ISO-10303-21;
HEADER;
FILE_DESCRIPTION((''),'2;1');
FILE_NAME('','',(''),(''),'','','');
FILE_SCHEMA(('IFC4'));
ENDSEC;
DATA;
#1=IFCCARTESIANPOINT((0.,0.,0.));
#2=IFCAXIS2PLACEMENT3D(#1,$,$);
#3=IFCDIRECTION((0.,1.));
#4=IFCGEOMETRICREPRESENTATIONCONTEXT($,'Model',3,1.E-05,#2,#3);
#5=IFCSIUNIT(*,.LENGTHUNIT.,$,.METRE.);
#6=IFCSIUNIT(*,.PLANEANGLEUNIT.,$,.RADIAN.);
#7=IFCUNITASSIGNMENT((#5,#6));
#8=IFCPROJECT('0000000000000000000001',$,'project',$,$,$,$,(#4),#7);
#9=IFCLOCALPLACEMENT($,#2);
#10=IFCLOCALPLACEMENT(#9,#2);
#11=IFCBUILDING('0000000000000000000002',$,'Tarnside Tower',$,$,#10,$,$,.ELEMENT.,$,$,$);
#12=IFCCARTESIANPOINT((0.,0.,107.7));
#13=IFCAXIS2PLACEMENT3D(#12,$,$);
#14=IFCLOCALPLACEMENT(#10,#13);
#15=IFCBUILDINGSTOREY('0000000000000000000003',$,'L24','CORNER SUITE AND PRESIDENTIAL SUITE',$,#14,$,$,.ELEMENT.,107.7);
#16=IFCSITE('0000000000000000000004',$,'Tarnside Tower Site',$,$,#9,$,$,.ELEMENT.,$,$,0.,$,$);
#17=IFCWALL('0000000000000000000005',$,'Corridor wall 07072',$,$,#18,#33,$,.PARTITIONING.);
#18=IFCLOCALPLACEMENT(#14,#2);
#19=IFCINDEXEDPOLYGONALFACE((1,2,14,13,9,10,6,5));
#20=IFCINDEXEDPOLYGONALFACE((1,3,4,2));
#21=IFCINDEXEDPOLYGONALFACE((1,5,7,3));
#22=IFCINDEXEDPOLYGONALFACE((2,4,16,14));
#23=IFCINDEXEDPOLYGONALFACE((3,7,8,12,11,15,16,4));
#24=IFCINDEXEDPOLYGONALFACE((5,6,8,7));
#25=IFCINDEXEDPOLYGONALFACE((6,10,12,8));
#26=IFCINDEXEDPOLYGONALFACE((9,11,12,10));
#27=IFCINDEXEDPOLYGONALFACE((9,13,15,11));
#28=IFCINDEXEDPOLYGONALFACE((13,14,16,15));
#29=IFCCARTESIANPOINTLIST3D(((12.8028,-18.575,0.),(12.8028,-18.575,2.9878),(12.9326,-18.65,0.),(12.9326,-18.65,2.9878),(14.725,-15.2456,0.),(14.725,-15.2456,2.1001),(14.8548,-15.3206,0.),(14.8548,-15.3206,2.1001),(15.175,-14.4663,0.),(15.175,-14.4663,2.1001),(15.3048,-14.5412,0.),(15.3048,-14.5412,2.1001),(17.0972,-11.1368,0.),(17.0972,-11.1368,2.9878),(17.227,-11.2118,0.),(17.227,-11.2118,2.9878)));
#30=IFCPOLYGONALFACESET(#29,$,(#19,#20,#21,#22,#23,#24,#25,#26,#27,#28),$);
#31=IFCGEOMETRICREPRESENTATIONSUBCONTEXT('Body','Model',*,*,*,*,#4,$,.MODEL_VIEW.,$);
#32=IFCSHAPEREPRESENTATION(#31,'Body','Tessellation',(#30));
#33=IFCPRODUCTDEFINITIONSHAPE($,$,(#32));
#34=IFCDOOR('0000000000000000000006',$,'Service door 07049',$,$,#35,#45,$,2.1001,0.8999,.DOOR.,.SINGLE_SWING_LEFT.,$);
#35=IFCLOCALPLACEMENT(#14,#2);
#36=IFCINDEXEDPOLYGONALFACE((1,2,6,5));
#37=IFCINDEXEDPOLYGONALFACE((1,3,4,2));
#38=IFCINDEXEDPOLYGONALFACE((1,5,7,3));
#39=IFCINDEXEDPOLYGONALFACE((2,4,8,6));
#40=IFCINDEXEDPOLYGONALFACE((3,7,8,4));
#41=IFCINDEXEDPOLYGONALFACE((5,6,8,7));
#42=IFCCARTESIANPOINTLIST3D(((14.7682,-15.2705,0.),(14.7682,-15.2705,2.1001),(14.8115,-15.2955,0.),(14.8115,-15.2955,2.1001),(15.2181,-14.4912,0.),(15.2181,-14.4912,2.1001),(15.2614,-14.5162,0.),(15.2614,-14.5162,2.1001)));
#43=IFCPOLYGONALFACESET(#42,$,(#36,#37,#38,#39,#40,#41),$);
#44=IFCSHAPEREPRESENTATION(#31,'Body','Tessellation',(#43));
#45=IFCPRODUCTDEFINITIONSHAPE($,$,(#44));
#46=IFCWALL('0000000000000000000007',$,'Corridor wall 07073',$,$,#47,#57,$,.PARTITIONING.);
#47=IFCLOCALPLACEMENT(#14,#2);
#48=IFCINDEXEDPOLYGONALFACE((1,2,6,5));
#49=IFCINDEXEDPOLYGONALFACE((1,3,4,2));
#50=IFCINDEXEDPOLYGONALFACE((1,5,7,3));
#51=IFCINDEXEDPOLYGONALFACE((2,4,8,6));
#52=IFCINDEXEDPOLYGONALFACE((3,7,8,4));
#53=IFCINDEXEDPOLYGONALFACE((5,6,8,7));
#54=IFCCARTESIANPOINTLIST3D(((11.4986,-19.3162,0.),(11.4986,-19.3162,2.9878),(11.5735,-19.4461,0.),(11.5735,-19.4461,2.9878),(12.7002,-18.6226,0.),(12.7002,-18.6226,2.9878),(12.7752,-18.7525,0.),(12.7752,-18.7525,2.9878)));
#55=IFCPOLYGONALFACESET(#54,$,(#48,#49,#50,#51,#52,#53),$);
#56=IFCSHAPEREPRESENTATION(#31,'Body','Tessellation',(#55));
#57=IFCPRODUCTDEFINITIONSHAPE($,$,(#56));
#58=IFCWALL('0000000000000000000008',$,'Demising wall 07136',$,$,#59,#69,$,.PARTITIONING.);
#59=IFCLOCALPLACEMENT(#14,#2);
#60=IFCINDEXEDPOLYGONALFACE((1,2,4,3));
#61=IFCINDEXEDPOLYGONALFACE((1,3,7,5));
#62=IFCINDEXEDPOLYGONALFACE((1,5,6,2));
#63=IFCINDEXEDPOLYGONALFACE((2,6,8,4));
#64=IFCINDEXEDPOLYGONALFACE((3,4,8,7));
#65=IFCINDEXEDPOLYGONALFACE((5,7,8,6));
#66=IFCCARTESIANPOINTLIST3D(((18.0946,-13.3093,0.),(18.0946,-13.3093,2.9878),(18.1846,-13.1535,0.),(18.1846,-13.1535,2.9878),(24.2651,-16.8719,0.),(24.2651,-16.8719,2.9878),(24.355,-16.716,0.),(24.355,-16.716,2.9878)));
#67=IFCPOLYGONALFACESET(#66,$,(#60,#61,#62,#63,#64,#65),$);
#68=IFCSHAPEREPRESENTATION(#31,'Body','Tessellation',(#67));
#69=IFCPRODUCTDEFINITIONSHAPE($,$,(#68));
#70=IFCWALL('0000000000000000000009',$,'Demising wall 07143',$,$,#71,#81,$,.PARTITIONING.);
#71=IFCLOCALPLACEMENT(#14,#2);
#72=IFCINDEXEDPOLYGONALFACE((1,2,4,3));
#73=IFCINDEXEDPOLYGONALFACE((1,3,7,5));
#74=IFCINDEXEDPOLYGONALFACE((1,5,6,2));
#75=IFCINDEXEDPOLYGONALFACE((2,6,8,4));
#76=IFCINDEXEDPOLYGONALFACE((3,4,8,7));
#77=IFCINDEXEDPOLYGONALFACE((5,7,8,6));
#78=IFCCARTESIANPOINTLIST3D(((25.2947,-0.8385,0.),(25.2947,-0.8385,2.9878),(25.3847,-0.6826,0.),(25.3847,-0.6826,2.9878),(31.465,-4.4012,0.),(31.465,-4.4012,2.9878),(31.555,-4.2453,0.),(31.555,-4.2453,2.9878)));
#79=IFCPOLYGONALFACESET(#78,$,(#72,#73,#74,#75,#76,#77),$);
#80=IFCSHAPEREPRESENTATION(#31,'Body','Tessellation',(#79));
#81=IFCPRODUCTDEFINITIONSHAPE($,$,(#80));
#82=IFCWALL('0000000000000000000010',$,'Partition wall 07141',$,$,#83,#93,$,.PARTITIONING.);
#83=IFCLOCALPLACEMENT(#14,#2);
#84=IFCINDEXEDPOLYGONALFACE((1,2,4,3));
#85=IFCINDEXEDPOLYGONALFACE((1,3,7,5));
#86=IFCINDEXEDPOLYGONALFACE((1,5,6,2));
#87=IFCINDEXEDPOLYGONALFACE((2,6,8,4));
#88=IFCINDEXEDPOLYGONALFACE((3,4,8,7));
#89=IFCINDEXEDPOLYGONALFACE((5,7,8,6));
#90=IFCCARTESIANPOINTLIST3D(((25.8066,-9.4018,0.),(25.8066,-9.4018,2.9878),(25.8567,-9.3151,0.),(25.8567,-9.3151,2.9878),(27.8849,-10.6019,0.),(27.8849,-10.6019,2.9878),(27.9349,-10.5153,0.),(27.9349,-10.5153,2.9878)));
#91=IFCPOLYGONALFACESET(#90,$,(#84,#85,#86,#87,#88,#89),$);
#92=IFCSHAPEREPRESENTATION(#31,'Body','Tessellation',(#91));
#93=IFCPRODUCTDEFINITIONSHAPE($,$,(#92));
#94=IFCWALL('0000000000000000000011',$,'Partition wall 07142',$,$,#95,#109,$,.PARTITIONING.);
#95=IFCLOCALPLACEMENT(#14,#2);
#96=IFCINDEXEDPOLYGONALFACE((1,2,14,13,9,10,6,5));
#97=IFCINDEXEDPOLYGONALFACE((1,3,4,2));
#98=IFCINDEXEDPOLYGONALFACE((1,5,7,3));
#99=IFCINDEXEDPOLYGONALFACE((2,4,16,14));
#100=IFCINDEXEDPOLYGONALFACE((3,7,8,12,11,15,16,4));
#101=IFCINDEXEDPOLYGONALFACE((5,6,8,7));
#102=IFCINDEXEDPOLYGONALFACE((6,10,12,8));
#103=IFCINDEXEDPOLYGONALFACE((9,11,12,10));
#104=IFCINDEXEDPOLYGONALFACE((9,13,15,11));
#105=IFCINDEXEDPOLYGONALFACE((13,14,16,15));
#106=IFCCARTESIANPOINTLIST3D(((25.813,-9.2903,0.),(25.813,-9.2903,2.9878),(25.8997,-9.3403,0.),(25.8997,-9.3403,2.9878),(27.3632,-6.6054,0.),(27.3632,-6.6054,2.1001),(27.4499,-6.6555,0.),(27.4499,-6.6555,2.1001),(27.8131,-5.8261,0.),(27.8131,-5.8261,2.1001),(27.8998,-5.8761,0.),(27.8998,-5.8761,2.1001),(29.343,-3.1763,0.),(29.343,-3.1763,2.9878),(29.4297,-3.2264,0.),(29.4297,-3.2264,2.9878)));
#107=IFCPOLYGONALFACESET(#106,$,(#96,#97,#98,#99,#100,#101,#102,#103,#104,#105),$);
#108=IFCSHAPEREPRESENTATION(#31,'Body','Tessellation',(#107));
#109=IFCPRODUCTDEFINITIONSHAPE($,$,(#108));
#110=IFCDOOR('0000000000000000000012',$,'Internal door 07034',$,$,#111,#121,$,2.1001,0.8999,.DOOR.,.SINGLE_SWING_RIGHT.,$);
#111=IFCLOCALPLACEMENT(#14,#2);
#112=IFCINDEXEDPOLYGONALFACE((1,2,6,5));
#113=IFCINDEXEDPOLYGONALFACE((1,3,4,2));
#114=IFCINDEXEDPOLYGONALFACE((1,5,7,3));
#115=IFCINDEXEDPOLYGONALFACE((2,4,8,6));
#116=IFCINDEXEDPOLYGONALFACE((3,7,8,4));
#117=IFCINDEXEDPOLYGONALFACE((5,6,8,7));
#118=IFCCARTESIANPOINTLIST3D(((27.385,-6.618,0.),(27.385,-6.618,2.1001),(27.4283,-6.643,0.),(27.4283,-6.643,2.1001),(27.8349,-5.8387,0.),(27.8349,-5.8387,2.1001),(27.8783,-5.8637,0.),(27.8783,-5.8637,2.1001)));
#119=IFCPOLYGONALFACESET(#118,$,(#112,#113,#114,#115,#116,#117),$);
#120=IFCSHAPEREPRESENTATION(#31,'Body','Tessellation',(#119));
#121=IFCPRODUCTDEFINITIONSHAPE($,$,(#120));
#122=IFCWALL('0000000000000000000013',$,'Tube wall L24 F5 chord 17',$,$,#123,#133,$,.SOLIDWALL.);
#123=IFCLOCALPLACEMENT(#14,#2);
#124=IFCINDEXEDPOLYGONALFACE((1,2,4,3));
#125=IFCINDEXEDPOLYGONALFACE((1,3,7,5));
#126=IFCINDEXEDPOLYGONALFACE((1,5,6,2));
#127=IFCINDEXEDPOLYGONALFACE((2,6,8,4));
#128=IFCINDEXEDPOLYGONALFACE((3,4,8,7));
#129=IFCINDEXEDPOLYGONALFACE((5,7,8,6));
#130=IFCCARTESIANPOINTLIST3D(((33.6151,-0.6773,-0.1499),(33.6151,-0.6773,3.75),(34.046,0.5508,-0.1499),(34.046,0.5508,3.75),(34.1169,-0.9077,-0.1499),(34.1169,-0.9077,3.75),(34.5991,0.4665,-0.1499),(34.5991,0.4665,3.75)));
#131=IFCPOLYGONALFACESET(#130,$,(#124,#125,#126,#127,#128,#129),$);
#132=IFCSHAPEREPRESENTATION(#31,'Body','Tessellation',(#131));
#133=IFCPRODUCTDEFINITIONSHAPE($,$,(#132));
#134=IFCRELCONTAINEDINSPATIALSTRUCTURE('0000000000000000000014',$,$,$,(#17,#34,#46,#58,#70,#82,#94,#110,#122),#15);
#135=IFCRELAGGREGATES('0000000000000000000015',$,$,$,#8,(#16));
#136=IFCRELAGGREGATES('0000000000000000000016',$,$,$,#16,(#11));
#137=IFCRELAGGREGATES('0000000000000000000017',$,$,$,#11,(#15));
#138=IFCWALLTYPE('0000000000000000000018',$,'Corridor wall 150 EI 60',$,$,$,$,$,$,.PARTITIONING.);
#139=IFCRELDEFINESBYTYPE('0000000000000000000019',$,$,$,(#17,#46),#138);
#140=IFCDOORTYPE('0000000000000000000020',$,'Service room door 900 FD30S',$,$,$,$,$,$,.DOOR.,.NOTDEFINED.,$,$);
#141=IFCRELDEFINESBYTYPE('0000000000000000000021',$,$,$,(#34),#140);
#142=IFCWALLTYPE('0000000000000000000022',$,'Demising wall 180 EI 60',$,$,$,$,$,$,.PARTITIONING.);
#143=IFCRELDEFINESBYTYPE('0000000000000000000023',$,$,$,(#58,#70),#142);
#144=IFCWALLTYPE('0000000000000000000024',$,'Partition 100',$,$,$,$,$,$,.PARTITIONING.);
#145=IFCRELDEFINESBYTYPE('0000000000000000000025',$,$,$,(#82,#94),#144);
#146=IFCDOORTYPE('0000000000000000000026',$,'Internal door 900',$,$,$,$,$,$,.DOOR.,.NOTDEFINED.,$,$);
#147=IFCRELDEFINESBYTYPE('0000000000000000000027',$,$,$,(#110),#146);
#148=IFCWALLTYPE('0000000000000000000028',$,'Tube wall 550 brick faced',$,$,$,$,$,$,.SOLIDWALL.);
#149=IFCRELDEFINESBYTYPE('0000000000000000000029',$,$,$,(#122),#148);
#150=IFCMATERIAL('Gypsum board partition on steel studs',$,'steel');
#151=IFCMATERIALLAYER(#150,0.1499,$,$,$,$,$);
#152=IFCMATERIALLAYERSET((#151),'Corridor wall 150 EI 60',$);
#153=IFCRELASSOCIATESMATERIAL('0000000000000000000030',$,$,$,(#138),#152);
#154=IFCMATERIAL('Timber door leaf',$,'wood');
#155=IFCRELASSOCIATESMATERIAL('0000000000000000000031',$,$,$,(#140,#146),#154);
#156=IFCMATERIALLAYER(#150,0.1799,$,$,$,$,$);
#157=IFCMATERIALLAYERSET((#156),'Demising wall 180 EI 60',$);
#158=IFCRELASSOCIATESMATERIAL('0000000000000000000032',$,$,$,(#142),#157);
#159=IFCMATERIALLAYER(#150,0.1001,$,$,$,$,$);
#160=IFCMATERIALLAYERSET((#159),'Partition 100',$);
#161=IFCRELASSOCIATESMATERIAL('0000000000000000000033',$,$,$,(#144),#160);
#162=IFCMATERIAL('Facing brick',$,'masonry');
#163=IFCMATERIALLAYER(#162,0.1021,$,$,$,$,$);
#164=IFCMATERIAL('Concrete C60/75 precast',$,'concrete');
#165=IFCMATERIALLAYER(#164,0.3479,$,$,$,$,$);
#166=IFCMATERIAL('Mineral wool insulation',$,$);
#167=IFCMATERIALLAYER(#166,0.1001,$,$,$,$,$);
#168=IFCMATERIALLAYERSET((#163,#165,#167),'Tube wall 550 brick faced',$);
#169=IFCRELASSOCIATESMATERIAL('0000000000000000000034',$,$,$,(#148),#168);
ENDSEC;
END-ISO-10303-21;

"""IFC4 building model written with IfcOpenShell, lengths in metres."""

from ifc_helpers import new_model, si_unit, direction, frame, frame_2d, origin, place, context, subcontext, project, spatial, polyline, rectangle, outline, extrude, material, layer, layer_set, type_object, element, fill, save


model = new_model("IFC4")

# Units and contexts
model_context = context("Model", 3, precision=1e-05, world=origin(), true_north=direction((0.0, 1.0)))
body_context = subcontext(model_context, "Body", "Model", "MODEL_VIEW")
ifc_project = project(units=[si_unit("LENGTHUNIT", "METRE"), si_unit("PLANEANGLEUNIT", "RADIAN")], contexts=[model_context])

# Site, building, storey
site_placement = place(None, origin())
site = spatial("IfcSite", under=ifc_project, at=site_placement, Name="Tarnside Tower Site", CompositionType="ELEMENT", RefElevation=0.0)
building_placement = place(site_placement, origin())
building = spatial("IfcBuilding", under=site, at=building_placement, Name="Tarnside Tower", CompositionType="ELEMENT")
storey_placement = place(building_placement, frame((0.0, 0.0, 107.7)))
storey = spatial("IfcBuildingStorey", under=building, at=storey_placement, Name="L24", Description="CORNER SUITE AND PRESIDENTIAL SUITE", CompositionType="ELEMENT", Elevation=107.7)

# Shared definitions
ifc_material_1 = material(Name="Gypsum board partition on steel studs", Category="steel")
ifc_material_2 = material(Name="Timber door leaf", Category="wood")

# Shared definitions
ifc_layer_1 = layer(ifc_material_1, 0.1499)
ifc_layer_set_1 = layer_set([ifc_layer_1], Name="Corridor wall 150 EI 60")
wall_type_1 = type_object("IfcWallType", Name="Corridor wall 150 EI 60", PredefinedType="PARTITIONING", material=ifc_layer_set_1)

# Wall, opening, door
wall_1_placement = place(storey_placement, frame((17.1621, -11.1743, 0.0), z_axis=(0.0, 0.0, 1.0), x_axis=(-0.499997, -0.866027, 0.0)))
wall_1 = element("IfcWall", 1, at=wall_1_placement, inside=storey, type_object=wall_type_1, Name="Corridor wall 07072", PredefinedType="PARTITIONING", context=body_context, shape_type="SweptSolid", body=[
    extrude(rectangle(XDim=8.5889, YDim=0.1499, at=frame_2d((4.2944, 0.0))), origin(), (0.0, 0.0, 1.0), 2.9878),
])
opening_1_placement = place(wall_1_placement, frame((3.8445, 0.0, 0.0)))
opening_1 = element("IfcOpeningElement", 2, at=opening_1_placement, cuts=wall_1, PredefinedType="OPENING", context=body_context, shape_type="SweptSolid", body=[
    extrude(rectangle(XDim=0.8999, YDim=2.1001, at=frame_2d((0.45, 1.05))), frame((0.0, 0.085, 0.0), z_axis=(0.0, -1.0, 0.0), x_axis=(1.0, 0.0, 0.0)), (0.0, 0.0, 1.0), 0.1699),
])
door_type_1 = type_object("IfcDoorType", Name="Service room door 900 FD30S", OperationType="NOTDEFINED", PredefinedType="DOOR", material=ifc_material_2)
door_1_placement = place(opening_1_placement, origin())
door_1 = element("IfcDoor", 3, at=door_1_placement, inside=storey, type_object=door_type_1, Name="Service door 07049", OperationType="SINGLE_SWING_LEFT", OverallHeight=2.1001, OverallWidth=0.8999, PredefinedType="DOOR", context=body_context, shape_type="SweptSolid", body=[
    extrude(rectangle(XDim=0.8999, YDim=2.1001, at=frame_2d((0.45, 1.05))), frame((0.0, 0.0249, 0.0), z_axis=(0.0, -1.0, 0.0), x_axis=(1.0, 0.0, 0.0)), (0.0, 0.0, 1.0), 0.05),
])
fill(opening_1, door_1)

# Walls
wall_2_placement = place(storey_placement, frame((12.7378, -18.6875, 0.0), z_axis=(0.0, 0.0, 1.0), x_axis=(-0.86608, -0.499905, 0.0)))
element("IfcWall", 4, at=wall_2_placement, inside=storey, type_object=wall_type_1, Name="Corridor wall 07073", PredefinedType="PARTITIONING", context=body_context, shape_type="SweptSolid", body=[
    extrude(rectangle(XDim=1.3875, YDim=0.1499, at=frame_2d((0.6938, 0.0))), origin(), (0.0, 0.0, 1.0), 2.9878),
])
ifc_layer_2 = layer(ifc_material_1, 0.1799)
ifc_layer_set_2 = layer_set([ifc_layer_2], Name="Demising wall 180 EI 60")
wall_type_2 = type_object("IfcWallType", Name="Demising wall 180 EI 60", PredefinedType="PARTITIONING", material=ifc_layer_set_2)
for number, where, z_axis, x_axis, name in (
    (5, (24.3101, -16.7939, 0.0), (0.0, 0.0, 1.0), (-0.866025, 0.500001, 0.0), "Demising wall 07136"),
    (6, (31.51, -4.3232, 0.0), (0.0, 0.0, 1.0), (-0.86601, 0.500027, 0.0), "Demising wall 07143"),
):
    element("IfcWall", number, at=place(storey_placement, frame(where, z_axis=z_axis, x_axis=x_axis)), inside=storey, type_object=wall_type_2, Name=name, PredefinedType="PARTITIONING", context=body_context, shape_type="SweptSolid", body=[
        extrude(rectangle(XDim=7.125, YDim=0.1799, at=frame_2d((3.5625, 0.0))), origin(), (0.0, 0.0, 1.0), 2.9878),
    ])
ifc_layer_3 = layer(ifc_material_1, 0.1001)
ifc_layer_set_3 = layer_set([ifc_layer_3], Name="Partition 100")
wall_type_3 = type_object("IfcWallType", Name="Partition 100", PredefinedType="PARTITIONING", material=ifc_layer_set_3)
wall_3_placement = place(storey_placement, frame((27.9099, -10.5586, 0.0), z_axis=(0.0, 0.0, 1.0), x_axis=(-0.865981, 0.500078, 0.0)))
element("IfcWall", 7, at=wall_3_placement, inside=storey, type_object=wall_type_3, Name="Partition wall 07141", PredefinedType="PARTITIONING", context=body_context, shape_type="SweptSolid", body=[
    extrude(rectangle(XDim=2.3999, YDim=0.1001, at=frame_2d((1.2, 0.0))), origin(), (0.0, 0.0, 1.0), 2.9878),
])

# Wall, opening, door
wall_4_placement = place(storey_placement, frame((25.8564, -9.3152, 0.0), z_axis=(0.0, 0.0, 1.0), x_axis=(0.500011, 0.866019, 0.0)))
wall_4 = element("IfcWall", 8, at=wall_4_placement, inside=storey, type_object=wall_type_3, Name="Partition wall 07142", PredefinedType="PARTITIONING", context=body_context, shape_type="SweptSolid", body=[
    extrude(rectangle(XDim=7.0598, YDim=0.1001, at=frame_2d((3.5298, 0.0))), origin(), (0.0, 0.0, 1.0), 2.9878),
])
opening_2_placement = place(wall_4_placement, frame((3.1001, 0.0, 0.0)))
opening_2 = element("IfcOpeningElement", 9, at=opening_2_placement, cuts=wall_4, PredefinedType="OPENING", context=body_context, shape_type="SweptSolid", body=[
    extrude(rectangle(XDim=0.8999, YDim=2.1001, at=frame_2d((0.45, 1.05))), frame((0.0, 0.0601, 0.0), z_axis=(0.0, -1.0, 0.0), x_axis=(1.0, 0.0, 0.0)), (0.0, 0.0, 1.0), 0.1201),
])
door_type_2 = type_object("IfcDoorType", Name="Internal door 900", OperationType="NOTDEFINED", PredefinedType="DOOR", material=ifc_material_2)
door_2_placement = place(opening_2_placement, origin())
door_2 = element("IfcDoor", 10, at=door_2_placement, inside=storey, type_object=door_type_2, Name="Internal door 07034", OperationType="SINGLE_SWING_RIGHT", OverallHeight=2.1001, OverallWidth=0.8999, PredefinedType="DOOR", context=body_context, shape_type="SweptSolid", body=[
    extrude(rectangle(XDim=0.8999, YDim=2.1001, at=frame_2d((0.45, 1.05))), frame((0.0, 0.0249, 0.0), z_axis=(0.0, -1.0, 0.0), x_axis=(1.0, 0.0, 0.0)), (0.0, 0.0, 1.0), 0.05),
])
fill(opening_2, door_2)

# Wall
ifc_material_3 = material(Name="Facing brick", Category="masonry")
ifc_layer_4 = layer(ifc_material_3, 0.1021)
ifc_material_4 = material(Name="Concrete C60/75 precast", Category="concrete")
ifc_layer_5 = layer(ifc_material_4, 0.3479)
ifc_material_5 = material(Name="Mineral wool insulation")
ifc_layer_6 = layer(ifc_material_5, 0.1001)
ifc_layer_set_4 = layer_set([ifc_layer_4, ifc_layer_5, ifc_layer_6], Name="Tube wall 550 brick faced")
wall_type_4 = type_object("IfcWallType", Name="Tube wall 550 brick faced", PredefinedType="SOLIDWALL", material=ifc_layer_set_4)
wall_5_placement = place(storey_placement, frame((33.866, -0.7925, -0.1499), z_axis=(0.0, 0.0, 1.0), x_axis=(0.331115, 0.94359, 0.0)))
element("IfcWall", 11, at=wall_5_placement, inside=storey, type_object=wall_type_4, Name="Tube wall L24 F5 chord 17", PredefinedType="SOLIDWALL", context=body_context, shape_type="SweptSolid", body=[
    extrude(outline(polyline([(-0.0256, -0.2749), (1.4307, -0.2749), (1.3271, 0.2749), (0.0256, 0.2749), (-0.0256, -0.2749)])), origin(), (0.0, 0.0, 1.0), 3.8999),
])

save(model, "model.ifc")
